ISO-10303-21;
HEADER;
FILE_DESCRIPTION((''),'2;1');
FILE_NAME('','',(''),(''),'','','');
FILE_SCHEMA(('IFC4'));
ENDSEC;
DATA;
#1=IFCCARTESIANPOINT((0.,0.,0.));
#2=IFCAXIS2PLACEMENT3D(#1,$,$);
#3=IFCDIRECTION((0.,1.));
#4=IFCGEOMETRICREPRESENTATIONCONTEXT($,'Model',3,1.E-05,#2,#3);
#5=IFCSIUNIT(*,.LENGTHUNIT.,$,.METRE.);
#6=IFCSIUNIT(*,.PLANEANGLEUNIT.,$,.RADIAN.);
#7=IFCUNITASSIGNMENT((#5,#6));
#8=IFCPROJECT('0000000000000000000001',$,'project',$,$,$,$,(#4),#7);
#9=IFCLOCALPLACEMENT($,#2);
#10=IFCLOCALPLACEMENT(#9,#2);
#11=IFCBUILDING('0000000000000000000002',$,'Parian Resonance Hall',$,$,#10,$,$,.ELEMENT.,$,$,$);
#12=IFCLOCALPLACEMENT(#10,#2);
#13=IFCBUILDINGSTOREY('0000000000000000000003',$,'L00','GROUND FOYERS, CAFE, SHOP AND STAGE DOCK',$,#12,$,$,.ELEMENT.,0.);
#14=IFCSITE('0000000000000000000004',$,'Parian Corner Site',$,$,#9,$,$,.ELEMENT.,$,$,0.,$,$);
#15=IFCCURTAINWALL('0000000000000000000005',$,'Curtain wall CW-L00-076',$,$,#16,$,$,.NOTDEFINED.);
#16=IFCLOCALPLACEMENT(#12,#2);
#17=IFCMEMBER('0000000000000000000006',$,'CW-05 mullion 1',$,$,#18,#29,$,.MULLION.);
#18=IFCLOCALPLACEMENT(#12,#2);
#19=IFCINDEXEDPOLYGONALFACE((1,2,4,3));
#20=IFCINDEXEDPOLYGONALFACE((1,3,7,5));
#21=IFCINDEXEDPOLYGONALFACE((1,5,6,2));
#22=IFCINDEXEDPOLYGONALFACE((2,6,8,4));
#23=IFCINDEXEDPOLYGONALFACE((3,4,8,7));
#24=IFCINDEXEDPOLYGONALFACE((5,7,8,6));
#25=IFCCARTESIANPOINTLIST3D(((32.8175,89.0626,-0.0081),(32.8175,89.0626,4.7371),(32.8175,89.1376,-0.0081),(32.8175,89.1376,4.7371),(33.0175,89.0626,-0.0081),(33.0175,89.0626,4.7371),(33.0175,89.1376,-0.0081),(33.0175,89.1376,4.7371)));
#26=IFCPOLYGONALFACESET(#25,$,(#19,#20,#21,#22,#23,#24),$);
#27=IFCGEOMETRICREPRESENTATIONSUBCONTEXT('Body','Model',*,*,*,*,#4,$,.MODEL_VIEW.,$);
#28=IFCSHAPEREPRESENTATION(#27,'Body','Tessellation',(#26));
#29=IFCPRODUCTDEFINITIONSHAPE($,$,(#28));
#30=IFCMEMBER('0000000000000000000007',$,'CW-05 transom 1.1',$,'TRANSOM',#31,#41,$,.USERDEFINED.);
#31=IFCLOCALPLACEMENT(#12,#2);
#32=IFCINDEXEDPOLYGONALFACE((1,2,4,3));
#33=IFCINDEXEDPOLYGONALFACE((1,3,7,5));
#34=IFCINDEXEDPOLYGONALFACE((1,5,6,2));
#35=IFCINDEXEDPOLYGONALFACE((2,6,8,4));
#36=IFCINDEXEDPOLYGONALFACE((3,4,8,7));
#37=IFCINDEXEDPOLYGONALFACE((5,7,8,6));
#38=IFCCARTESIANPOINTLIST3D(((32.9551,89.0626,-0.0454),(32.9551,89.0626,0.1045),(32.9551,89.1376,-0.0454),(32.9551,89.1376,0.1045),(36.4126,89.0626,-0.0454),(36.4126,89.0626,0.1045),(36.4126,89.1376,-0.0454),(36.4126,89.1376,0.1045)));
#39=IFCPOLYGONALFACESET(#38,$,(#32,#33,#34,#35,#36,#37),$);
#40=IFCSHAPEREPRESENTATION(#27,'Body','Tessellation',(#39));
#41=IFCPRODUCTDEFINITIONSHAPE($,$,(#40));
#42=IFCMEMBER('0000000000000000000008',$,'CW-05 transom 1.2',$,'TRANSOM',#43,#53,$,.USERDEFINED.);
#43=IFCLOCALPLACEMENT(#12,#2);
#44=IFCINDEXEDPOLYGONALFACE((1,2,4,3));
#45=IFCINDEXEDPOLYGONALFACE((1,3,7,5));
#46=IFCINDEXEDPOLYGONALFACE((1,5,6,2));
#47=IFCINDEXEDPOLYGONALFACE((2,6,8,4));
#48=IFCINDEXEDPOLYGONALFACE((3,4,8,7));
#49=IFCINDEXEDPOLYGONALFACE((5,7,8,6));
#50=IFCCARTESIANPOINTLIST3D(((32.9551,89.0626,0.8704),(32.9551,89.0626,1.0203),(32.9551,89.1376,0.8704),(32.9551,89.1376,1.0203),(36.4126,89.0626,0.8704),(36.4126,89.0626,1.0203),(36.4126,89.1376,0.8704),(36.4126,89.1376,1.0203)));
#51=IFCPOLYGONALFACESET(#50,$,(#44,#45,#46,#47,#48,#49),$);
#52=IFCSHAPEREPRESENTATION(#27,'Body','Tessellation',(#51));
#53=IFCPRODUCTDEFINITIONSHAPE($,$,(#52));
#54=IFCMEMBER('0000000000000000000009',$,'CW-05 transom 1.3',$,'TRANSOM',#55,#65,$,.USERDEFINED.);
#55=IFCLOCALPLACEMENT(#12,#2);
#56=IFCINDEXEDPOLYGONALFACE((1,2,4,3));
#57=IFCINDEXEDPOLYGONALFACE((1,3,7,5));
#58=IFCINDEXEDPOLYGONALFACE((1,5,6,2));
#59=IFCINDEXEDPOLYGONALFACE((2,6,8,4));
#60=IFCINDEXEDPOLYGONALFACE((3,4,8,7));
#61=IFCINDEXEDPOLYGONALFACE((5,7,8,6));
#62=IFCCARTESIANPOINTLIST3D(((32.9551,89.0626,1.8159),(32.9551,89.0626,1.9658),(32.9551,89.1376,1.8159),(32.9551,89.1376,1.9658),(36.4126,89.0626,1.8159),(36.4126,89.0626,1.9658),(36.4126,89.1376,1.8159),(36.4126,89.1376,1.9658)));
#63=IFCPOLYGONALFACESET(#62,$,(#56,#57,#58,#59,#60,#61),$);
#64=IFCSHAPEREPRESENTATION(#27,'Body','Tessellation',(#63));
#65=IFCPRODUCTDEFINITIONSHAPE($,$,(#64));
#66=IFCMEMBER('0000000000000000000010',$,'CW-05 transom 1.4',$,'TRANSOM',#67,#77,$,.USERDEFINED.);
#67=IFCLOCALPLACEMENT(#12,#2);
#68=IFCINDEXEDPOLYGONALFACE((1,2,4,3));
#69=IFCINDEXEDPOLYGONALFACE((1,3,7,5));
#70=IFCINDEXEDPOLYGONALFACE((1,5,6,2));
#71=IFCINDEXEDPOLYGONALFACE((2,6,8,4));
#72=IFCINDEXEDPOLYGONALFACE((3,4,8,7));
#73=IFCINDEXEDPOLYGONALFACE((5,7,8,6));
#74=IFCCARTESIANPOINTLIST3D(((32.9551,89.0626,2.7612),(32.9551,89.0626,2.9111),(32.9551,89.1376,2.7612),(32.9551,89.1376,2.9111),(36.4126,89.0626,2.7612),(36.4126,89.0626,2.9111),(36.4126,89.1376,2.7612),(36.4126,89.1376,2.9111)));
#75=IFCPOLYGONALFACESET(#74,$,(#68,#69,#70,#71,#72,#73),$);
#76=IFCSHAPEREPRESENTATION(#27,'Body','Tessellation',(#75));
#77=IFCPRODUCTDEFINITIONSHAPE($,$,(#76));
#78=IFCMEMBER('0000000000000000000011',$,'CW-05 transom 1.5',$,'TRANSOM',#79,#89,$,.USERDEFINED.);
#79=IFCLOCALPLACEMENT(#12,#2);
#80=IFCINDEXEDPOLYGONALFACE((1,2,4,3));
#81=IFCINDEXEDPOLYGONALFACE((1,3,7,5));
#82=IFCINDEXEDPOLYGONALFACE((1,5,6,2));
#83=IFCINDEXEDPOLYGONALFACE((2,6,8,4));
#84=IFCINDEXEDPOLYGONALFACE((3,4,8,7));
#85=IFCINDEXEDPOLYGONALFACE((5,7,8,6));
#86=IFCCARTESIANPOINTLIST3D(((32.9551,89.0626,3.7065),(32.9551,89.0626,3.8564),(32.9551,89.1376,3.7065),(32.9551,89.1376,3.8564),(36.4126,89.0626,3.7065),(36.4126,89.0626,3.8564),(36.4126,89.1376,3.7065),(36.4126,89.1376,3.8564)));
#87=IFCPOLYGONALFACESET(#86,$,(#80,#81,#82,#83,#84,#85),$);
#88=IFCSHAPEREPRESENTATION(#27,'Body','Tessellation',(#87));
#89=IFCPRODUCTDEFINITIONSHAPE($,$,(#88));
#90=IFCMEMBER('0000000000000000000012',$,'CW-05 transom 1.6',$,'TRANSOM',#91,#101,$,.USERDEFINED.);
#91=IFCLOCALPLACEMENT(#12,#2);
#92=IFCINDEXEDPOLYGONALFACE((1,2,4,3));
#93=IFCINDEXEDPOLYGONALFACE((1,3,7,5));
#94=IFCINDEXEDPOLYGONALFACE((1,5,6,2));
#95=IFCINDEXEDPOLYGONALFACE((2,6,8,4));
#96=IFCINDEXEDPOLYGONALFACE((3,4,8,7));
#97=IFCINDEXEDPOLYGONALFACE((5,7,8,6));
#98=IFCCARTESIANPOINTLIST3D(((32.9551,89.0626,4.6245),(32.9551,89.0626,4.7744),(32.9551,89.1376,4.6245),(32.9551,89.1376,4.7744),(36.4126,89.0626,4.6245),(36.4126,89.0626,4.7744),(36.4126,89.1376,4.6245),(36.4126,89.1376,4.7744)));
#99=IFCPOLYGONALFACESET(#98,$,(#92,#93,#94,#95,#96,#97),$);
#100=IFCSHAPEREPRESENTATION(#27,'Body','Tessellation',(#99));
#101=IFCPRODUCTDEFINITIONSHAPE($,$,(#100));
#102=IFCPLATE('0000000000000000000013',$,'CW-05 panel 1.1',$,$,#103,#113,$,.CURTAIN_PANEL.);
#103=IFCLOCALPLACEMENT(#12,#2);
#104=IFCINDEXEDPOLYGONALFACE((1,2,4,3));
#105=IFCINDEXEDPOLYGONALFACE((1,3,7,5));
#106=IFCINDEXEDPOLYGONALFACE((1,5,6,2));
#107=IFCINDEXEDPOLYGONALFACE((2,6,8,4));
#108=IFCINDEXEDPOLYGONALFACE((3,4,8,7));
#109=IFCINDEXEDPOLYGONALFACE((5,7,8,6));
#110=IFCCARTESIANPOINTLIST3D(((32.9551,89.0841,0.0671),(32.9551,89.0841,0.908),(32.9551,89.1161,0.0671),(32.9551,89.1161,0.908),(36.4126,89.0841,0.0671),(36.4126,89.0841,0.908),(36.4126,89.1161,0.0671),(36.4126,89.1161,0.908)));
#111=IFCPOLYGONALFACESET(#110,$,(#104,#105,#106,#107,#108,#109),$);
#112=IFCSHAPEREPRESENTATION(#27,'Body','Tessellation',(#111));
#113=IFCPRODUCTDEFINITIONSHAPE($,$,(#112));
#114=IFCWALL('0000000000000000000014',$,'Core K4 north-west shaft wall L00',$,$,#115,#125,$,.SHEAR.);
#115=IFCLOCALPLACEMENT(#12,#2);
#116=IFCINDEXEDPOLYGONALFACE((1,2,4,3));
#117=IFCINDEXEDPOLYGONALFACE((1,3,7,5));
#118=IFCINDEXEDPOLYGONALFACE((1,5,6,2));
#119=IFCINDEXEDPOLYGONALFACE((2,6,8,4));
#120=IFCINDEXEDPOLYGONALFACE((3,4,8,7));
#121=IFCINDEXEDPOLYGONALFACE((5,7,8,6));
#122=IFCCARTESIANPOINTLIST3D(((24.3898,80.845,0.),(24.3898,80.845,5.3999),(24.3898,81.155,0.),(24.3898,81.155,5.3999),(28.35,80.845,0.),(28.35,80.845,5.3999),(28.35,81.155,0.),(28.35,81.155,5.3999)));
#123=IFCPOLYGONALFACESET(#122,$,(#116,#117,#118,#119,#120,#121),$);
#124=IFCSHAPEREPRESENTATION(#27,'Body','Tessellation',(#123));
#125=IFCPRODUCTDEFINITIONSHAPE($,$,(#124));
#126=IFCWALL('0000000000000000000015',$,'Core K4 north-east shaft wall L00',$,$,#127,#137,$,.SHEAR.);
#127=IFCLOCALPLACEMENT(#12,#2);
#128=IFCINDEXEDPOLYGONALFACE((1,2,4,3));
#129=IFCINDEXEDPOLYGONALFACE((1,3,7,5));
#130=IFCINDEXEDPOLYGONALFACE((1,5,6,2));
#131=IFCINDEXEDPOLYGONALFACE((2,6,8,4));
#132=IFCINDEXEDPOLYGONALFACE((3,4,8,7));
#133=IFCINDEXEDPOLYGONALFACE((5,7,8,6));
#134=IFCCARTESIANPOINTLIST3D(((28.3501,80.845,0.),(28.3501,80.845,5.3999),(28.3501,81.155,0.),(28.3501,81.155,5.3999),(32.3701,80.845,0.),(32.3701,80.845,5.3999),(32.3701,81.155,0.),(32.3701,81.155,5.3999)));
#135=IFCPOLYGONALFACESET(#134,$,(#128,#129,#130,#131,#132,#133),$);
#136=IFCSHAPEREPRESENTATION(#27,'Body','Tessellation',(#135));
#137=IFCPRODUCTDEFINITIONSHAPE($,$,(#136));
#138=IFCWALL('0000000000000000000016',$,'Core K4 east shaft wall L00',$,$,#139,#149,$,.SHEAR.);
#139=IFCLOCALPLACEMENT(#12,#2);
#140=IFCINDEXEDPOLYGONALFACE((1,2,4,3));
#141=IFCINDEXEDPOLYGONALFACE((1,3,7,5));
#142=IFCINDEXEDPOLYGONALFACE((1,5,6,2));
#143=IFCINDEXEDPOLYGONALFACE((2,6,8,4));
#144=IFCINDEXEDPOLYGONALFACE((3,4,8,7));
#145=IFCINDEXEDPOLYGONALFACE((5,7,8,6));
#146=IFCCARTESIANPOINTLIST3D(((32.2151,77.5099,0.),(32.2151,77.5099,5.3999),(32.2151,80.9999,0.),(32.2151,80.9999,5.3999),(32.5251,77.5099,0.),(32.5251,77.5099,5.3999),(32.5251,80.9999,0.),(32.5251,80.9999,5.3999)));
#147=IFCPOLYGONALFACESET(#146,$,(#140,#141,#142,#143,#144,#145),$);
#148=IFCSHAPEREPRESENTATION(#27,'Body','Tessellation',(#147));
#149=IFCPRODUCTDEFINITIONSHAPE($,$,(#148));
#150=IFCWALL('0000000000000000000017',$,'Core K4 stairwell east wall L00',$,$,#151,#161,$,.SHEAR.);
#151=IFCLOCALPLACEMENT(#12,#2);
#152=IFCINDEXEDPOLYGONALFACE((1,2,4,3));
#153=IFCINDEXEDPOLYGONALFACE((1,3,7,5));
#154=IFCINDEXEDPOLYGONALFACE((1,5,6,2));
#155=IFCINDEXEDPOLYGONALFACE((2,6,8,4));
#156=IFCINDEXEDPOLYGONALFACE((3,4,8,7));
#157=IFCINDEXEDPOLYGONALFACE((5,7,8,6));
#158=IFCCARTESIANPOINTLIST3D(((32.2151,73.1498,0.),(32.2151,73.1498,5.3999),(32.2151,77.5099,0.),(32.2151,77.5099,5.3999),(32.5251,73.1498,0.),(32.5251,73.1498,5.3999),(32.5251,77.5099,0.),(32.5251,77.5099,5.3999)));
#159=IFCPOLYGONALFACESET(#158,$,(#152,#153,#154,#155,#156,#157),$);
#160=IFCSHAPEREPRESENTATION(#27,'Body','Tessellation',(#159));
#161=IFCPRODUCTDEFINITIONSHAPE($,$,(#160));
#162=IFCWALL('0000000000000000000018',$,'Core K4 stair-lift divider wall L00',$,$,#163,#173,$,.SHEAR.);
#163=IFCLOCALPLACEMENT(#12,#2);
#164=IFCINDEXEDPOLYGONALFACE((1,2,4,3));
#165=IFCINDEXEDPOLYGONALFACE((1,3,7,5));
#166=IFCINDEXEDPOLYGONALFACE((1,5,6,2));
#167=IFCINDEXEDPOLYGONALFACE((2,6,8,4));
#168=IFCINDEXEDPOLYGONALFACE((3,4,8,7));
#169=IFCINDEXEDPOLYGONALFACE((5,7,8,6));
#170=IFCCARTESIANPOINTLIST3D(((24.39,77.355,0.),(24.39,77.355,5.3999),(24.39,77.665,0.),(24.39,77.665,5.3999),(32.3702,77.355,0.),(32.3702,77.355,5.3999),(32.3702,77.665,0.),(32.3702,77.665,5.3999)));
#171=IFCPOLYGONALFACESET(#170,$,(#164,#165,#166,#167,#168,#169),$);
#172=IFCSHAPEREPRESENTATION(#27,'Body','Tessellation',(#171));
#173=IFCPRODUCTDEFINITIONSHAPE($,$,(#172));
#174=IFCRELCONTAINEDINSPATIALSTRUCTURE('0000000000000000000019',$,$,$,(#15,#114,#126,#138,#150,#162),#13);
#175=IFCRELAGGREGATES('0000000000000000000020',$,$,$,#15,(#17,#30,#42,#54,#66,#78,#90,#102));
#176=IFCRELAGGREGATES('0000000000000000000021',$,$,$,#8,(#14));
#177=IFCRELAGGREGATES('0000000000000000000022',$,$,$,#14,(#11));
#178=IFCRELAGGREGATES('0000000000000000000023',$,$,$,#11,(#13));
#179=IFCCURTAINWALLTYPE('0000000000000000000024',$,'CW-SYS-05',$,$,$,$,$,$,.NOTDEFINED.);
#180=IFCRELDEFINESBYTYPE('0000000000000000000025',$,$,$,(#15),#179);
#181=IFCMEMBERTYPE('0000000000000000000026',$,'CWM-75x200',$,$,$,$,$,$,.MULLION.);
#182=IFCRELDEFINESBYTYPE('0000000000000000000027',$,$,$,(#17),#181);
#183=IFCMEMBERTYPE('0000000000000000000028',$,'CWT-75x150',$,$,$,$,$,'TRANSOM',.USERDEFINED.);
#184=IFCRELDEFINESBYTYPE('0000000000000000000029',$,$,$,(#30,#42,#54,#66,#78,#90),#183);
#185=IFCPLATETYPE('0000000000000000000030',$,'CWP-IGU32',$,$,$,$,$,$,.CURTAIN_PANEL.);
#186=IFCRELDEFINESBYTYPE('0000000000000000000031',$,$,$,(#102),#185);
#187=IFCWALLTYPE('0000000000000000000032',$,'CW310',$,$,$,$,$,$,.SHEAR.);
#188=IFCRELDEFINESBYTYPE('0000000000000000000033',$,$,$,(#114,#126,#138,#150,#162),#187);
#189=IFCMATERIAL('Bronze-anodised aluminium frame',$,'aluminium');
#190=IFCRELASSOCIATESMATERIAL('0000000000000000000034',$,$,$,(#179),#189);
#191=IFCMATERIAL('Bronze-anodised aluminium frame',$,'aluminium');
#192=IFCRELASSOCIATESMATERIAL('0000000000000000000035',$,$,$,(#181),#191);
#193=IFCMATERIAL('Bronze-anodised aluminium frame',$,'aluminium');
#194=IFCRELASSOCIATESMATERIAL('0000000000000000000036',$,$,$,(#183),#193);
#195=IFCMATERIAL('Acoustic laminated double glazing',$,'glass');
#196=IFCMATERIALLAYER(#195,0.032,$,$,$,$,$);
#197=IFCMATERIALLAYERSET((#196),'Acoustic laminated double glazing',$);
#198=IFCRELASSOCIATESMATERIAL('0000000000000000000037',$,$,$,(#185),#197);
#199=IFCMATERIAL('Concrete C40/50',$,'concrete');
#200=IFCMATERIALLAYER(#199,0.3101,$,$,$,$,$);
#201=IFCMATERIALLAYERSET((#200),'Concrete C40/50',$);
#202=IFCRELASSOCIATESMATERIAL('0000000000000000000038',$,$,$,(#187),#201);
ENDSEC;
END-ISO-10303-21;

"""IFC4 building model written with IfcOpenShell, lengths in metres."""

from ifc_helpers import new_model, si_unit, direction, frame, frame_2d, origin, origin_2d, place, context, subcontext, project, spatial, rectangle, extrude, material, layer, layer_set, material_profile, profile_set, type_object, element, aggregate, save


model = new_model("IFC4")

# Units and contexts
model_context = context("Model", 3, precision=1e-05, world=origin(), true_north=direction((0.0, 1.0)))
body_context = subcontext(model_context, "Body", "Model", "MODEL_VIEW")
ifc_project = project(units=[si_unit("LENGTHUNIT", "METRE"), si_unit("PLANEANGLEUNIT", "RADIAN")], contexts=[model_context])

# Site, building, storey
site_placement = place(None, origin())
site = spatial("IfcSite", under=ifc_project, at=site_placement, Name="Parian Corner Site", CompositionType="ELEMENT", RefElevation=0.0)
building_placement = place(site_placement, origin())
building = spatial("IfcBuilding", under=site, at=building_placement, Name="Parian Resonance Hall", CompositionType="ELEMENT")
storey_placement = place(building_placement, origin())
storey = spatial("IfcBuildingStorey", under=building, at=storey_placement, Name="L00", Description="GROUND FOYERS, CAFE, SHOP AND STAGE DOCK", CompositionType="ELEMENT", Elevation=0.0)

# Curtain wall, members, plate
ifc_material_1 = material(Name="Bronze-anodised aluminium frame", Category="aluminium")
curtain_wall_type = type_object("IfcCurtainWallType", Name="CW-SYS-05", PredefinedType="NOTDEFINED", material=ifc_material_1)
curtain_wall_placement = place(storey_placement, origin())
curtain_wall = element("IfcCurtainWall", 1, at=curtain_wall_placement, inside=storey, type_object=curtain_wall_type, Name="Curtain wall CW-L00-076", PredefinedType="NOTDEFINED")
ifc_material_2 = material(Name="Bronze-anodised aluminium frame", Category="aluminium")
ifc_material_profile_1 = material_profile(ifc_material_2, rectangle(XDim=0.075, YDim=0.2, at=origin_2d()), Name="CWM-75x200")
ifc_profile_set_1 = profile_set([ifc_material_profile_1], Name="Bronze-anodised aluminium frame")
member_type_1 = type_object("IfcMemberType", Name="CWM-75x200", PredefinedType="MULLION", material=ifc_profile_set_1)
member_1_placement = place(storey_placement, frame((32.9175, 89.1001, -0.0081), z_axis=(0.0, 0.0, 1.0), x_axis=(0.0, 1.0, 0.0)))
member_1 = element("IfcMember", 2, at=member_1_placement, type_object=member_type_1, Name="CW-05 mullion 1", PredefinedType="MULLION", context=body_context, shape_type="SweptSolid", body=[
    extrude(rectangle(XDim=0.075, YDim=0.2, at=origin_2d()), origin(), (0.0, 0.0, 1.0), 4.7451),
])
ifc_material_3 = material(Name="Bronze-anodised aluminium frame", Category="aluminium")
ifc_material_profile_2 = material_profile(ifc_material_3, rectangle(XDim=0.075, YDim=0.1499, at=origin_2d()), Name="CWT-75x150")
ifc_profile_set_2 = profile_set([ifc_material_profile_2], Name="Bronze-anodised aluminium frame")
member_type_2 = type_object("IfcMemberType", Name="CWT-75x150", ElementType="TRANSOM", PredefinedType="USERDEFINED", material=ifc_profile_set_2)
member_2_placement = place(storey_placement, frame((32.9551, 89.1001, 0.0295), z_axis=(1.0, 0.0, 0.0), x_axis=(0.0, 1.0, 0.0)))
member_2 = element("IfcMember", 3, at=member_2_placement, type_object=member_type_2, Name="CW-05 transom 1.1", ObjectType="TRANSOM", PredefinedType="USERDEFINED", context=body_context, shape_type="SweptSolid", body=[
    extrude(rectangle(XDim=0.075, YDim=0.1499, at=origin_2d()), origin(), (0.0, 0.0, 1.0), 3.4575),
])
member_3_placement = place(storey_placement, frame((32.9551, 89.1001, 0.9453), z_axis=(1.0, 0.0, 0.0), x_axis=(0.0, 1.0, 0.0)))
member_3 = element("IfcMember", 4, at=member_3_placement, type_object=member_type_2, Name="CW-05 transom 1.2", ObjectType="TRANSOM", PredefinedType="USERDEFINED", context=body_context, shape_type="SweptSolid", body=[
    extrude(rectangle(XDim=0.075, YDim=0.1499, at=origin_2d()), origin(), (0.0, 0.0, 1.0), 3.4575),
])
member_4_placement = place(storey_placement, frame((32.9551, 89.1001, 1.8909), z_axis=(1.0, 0.0, 0.0), x_axis=(0.0, 1.0, 0.0)))
member_4 = element("IfcMember", 5, at=member_4_placement, type_object=member_type_2, Name="CW-05 transom 1.3", ObjectType="TRANSOM", PredefinedType="USERDEFINED", context=body_context, shape_type="SweptSolid", body=[
    extrude(rectangle(XDim=0.075, YDim=0.1499, at=origin_2d()), origin(), (0.0, 0.0, 1.0), 3.4575),
])
member_5_placement = place(storey_placement, frame((32.9551, 89.1001, 2.8362), z_axis=(1.0, 0.0, 0.0), x_axis=(0.0, 1.0, 0.0)))
member_5 = element("IfcMember", 6, at=member_5_placement, type_object=member_type_2, Name="CW-05 transom 1.4", ObjectType="TRANSOM", PredefinedType="USERDEFINED", context=body_context, shape_type="SweptSolid", body=[
    extrude(rectangle(XDim=0.075, YDim=0.1499, at=origin_2d()), origin(), (0.0, 0.0, 1.0), 3.4575),
])
member_6_placement = place(storey_placement, frame((32.9551, 89.1001, 3.7815), z_axis=(1.0, 0.0, 0.0), x_axis=(0.0, 1.0, 0.0)))
member_6 = element("IfcMember", 7, at=member_6_placement, type_object=member_type_2, Name="CW-05 transom 1.5", ObjectType="TRANSOM", PredefinedType="USERDEFINED", context=body_context, shape_type="SweptSolid", body=[
    extrude(rectangle(XDim=0.075, YDim=0.1499, at=origin_2d()), origin(), (0.0, 0.0, 1.0), 3.4575),
])
member_7_placement = place(storey_placement, frame((32.9551, 89.1001, 4.6995), z_axis=(1.0, 0.0, 0.0), x_axis=(0.0, 1.0, 0.0)))
member_7 = element("IfcMember", 8, at=member_7_placement, type_object=member_type_2, Name="CW-05 transom 1.6", ObjectType="TRANSOM", PredefinedType="USERDEFINED", context=body_context, shape_type="SweptSolid", body=[
    extrude(rectangle(XDim=0.075, YDim=0.1499, at=origin_2d()), origin(), (0.0, 0.0, 1.0), 3.4575),
])
ifc_material_4 = material(Name="Acoustic laminated double glazing", Category="glass")
ifc_layer_1 = layer(ifc_material_4, 0.032)
ifc_layer_set_1 = layer_set([ifc_layer_1], Name="Acoustic laminated double glazing")
plate_type = type_object("IfcPlateType", Name="CWP-IGU32", PredefinedType="CURTAIN_PANEL", material=ifc_layer_set_1)
plate_placement = place(storey_placement, frame((34.6838, 89.1001, 0.0671), z_axis=(0.0, 0.0, 1.0), x_axis=(1.0, 0.0, 0.0)))
plate = element("IfcPlate", 9, at=plate_placement, type_object=plate_type, Name="CW-05 panel 1.1", PredefinedType="CURTAIN_PANEL", context=body_context, shape_type="SweptSolid", body=[
    extrude(rectangle(XDim=3.4575, YDim=0.032, at=origin_2d()), origin(), (0.0, 0.0, 1.0), 0.8408),
])
aggregate(curtain_wall, [member_1, member_2, member_3, member_4, member_5, member_6, member_7, plate])

# Walls
ifc_material_5 = material(Name="Concrete C40/50", Category="concrete")
ifc_layer_2 = layer(ifc_material_5, 0.3101)
ifc_layer_set_2 = layer_set([ifc_layer_2], Name="Concrete C40/50")
wall_type_1 = type_object("IfcWallType", Name="CW310", PredefinedType="SHEAR", material=ifc_layer_set_2)
wall_1_placement = place(storey_placement, frame((24.3899, 81.0, 0.0), z_axis=(0.0, 0.0, 1.0), x_axis=(1.0, 0.0, 0.0)))
element("IfcWall", 10, at=wall_1_placement, inside=storey, type_object=wall_type_1, Name="Core K4 north-west shaft wall L00", PredefinedType="SHEAR", context=body_context, shape_type="SweptSolid", body=[
    extrude(rectangle(XDim=3.9602, YDim=0.3101, at=frame_2d((1.98, 0.0))), origin(), (0.0, 0.0, 1.0), 5.3999),
])
wall_2_placement = place(storey_placement, frame((28.3501, 81.0, 0.0), z_axis=(0.0, 0.0, 1.0), x_axis=(1.0, 0.0, 0.0)))
element("IfcWall", 11, at=wall_2_placement, inside=storey, type_object=wall_type_1, Name="Core K4 north-east shaft wall L00", PredefinedType="SHEAR", context=body_context, shape_type="SweptSolid", body=[
    extrude(rectangle(XDim=4.02, YDim=0.3101, at=frame_2d((2.01, 0.0))), origin(), (0.0, 0.0, 1.0), 5.3999),
])
wall_3_placement = place(storey_placement, frame((32.3701, 81.0, 0.0), z_axis=(0.0, 0.0, 1.0), x_axis=(0.0, -1.0, 0.0)))
element("IfcWall", 12, at=wall_3_placement, inside=storey, type_object=wall_type_1, Name="Core K4 east shaft wall L00", PredefinedType="SHEAR", context=body_context, shape_type="SweptSolid", body=[
    extrude(rectangle(XDim=3.49, YDim=0.3101, at=frame_2d((1.7451, 0.0))), origin(), (0.0, 0.0, 1.0), 5.3999),
])
wall_4_placement = place(storey_placement, frame((32.3701, 77.51, 0.0), z_axis=(0.0, 0.0, 1.0), x_axis=(0.0, -1.0, 0.0)))
element("IfcWall", 13, at=wall_4_placement, inside=storey, type_object=wall_type_1, Name="Core K4 stairwell east wall L00", PredefinedType="SHEAR", context=body_context, shape_type="SweptSolid", body=[
    extrude(rectangle(XDim=4.3601, YDim=0.3101, at=frame_2d((2.1802, 0.0))), origin(), (0.0, 0.0, 1.0), 5.3999),
])
wall_5_placement = place(storey_placement, frame((24.3899, 77.51, 0.0), z_axis=(0.0, 0.0, 1.0), x_axis=(1.0, 0.0, 0.0)))
element("IfcWall", 14, at=wall_5_placement, inside=storey, type_object=wall_type_1, Name="Core K4 stair-lift divider wall L00", PredefinedType="SHEAR", context=body_context, shape_type="SweptSolid", body=[
    extrude(rectangle(XDim=7.9802, YDim=0.3101, at=frame_2d((3.9902, 0.0))), origin(), (0.0, 0.0, 1.0), 5.3999),
])

save(model, "model.ifc")
